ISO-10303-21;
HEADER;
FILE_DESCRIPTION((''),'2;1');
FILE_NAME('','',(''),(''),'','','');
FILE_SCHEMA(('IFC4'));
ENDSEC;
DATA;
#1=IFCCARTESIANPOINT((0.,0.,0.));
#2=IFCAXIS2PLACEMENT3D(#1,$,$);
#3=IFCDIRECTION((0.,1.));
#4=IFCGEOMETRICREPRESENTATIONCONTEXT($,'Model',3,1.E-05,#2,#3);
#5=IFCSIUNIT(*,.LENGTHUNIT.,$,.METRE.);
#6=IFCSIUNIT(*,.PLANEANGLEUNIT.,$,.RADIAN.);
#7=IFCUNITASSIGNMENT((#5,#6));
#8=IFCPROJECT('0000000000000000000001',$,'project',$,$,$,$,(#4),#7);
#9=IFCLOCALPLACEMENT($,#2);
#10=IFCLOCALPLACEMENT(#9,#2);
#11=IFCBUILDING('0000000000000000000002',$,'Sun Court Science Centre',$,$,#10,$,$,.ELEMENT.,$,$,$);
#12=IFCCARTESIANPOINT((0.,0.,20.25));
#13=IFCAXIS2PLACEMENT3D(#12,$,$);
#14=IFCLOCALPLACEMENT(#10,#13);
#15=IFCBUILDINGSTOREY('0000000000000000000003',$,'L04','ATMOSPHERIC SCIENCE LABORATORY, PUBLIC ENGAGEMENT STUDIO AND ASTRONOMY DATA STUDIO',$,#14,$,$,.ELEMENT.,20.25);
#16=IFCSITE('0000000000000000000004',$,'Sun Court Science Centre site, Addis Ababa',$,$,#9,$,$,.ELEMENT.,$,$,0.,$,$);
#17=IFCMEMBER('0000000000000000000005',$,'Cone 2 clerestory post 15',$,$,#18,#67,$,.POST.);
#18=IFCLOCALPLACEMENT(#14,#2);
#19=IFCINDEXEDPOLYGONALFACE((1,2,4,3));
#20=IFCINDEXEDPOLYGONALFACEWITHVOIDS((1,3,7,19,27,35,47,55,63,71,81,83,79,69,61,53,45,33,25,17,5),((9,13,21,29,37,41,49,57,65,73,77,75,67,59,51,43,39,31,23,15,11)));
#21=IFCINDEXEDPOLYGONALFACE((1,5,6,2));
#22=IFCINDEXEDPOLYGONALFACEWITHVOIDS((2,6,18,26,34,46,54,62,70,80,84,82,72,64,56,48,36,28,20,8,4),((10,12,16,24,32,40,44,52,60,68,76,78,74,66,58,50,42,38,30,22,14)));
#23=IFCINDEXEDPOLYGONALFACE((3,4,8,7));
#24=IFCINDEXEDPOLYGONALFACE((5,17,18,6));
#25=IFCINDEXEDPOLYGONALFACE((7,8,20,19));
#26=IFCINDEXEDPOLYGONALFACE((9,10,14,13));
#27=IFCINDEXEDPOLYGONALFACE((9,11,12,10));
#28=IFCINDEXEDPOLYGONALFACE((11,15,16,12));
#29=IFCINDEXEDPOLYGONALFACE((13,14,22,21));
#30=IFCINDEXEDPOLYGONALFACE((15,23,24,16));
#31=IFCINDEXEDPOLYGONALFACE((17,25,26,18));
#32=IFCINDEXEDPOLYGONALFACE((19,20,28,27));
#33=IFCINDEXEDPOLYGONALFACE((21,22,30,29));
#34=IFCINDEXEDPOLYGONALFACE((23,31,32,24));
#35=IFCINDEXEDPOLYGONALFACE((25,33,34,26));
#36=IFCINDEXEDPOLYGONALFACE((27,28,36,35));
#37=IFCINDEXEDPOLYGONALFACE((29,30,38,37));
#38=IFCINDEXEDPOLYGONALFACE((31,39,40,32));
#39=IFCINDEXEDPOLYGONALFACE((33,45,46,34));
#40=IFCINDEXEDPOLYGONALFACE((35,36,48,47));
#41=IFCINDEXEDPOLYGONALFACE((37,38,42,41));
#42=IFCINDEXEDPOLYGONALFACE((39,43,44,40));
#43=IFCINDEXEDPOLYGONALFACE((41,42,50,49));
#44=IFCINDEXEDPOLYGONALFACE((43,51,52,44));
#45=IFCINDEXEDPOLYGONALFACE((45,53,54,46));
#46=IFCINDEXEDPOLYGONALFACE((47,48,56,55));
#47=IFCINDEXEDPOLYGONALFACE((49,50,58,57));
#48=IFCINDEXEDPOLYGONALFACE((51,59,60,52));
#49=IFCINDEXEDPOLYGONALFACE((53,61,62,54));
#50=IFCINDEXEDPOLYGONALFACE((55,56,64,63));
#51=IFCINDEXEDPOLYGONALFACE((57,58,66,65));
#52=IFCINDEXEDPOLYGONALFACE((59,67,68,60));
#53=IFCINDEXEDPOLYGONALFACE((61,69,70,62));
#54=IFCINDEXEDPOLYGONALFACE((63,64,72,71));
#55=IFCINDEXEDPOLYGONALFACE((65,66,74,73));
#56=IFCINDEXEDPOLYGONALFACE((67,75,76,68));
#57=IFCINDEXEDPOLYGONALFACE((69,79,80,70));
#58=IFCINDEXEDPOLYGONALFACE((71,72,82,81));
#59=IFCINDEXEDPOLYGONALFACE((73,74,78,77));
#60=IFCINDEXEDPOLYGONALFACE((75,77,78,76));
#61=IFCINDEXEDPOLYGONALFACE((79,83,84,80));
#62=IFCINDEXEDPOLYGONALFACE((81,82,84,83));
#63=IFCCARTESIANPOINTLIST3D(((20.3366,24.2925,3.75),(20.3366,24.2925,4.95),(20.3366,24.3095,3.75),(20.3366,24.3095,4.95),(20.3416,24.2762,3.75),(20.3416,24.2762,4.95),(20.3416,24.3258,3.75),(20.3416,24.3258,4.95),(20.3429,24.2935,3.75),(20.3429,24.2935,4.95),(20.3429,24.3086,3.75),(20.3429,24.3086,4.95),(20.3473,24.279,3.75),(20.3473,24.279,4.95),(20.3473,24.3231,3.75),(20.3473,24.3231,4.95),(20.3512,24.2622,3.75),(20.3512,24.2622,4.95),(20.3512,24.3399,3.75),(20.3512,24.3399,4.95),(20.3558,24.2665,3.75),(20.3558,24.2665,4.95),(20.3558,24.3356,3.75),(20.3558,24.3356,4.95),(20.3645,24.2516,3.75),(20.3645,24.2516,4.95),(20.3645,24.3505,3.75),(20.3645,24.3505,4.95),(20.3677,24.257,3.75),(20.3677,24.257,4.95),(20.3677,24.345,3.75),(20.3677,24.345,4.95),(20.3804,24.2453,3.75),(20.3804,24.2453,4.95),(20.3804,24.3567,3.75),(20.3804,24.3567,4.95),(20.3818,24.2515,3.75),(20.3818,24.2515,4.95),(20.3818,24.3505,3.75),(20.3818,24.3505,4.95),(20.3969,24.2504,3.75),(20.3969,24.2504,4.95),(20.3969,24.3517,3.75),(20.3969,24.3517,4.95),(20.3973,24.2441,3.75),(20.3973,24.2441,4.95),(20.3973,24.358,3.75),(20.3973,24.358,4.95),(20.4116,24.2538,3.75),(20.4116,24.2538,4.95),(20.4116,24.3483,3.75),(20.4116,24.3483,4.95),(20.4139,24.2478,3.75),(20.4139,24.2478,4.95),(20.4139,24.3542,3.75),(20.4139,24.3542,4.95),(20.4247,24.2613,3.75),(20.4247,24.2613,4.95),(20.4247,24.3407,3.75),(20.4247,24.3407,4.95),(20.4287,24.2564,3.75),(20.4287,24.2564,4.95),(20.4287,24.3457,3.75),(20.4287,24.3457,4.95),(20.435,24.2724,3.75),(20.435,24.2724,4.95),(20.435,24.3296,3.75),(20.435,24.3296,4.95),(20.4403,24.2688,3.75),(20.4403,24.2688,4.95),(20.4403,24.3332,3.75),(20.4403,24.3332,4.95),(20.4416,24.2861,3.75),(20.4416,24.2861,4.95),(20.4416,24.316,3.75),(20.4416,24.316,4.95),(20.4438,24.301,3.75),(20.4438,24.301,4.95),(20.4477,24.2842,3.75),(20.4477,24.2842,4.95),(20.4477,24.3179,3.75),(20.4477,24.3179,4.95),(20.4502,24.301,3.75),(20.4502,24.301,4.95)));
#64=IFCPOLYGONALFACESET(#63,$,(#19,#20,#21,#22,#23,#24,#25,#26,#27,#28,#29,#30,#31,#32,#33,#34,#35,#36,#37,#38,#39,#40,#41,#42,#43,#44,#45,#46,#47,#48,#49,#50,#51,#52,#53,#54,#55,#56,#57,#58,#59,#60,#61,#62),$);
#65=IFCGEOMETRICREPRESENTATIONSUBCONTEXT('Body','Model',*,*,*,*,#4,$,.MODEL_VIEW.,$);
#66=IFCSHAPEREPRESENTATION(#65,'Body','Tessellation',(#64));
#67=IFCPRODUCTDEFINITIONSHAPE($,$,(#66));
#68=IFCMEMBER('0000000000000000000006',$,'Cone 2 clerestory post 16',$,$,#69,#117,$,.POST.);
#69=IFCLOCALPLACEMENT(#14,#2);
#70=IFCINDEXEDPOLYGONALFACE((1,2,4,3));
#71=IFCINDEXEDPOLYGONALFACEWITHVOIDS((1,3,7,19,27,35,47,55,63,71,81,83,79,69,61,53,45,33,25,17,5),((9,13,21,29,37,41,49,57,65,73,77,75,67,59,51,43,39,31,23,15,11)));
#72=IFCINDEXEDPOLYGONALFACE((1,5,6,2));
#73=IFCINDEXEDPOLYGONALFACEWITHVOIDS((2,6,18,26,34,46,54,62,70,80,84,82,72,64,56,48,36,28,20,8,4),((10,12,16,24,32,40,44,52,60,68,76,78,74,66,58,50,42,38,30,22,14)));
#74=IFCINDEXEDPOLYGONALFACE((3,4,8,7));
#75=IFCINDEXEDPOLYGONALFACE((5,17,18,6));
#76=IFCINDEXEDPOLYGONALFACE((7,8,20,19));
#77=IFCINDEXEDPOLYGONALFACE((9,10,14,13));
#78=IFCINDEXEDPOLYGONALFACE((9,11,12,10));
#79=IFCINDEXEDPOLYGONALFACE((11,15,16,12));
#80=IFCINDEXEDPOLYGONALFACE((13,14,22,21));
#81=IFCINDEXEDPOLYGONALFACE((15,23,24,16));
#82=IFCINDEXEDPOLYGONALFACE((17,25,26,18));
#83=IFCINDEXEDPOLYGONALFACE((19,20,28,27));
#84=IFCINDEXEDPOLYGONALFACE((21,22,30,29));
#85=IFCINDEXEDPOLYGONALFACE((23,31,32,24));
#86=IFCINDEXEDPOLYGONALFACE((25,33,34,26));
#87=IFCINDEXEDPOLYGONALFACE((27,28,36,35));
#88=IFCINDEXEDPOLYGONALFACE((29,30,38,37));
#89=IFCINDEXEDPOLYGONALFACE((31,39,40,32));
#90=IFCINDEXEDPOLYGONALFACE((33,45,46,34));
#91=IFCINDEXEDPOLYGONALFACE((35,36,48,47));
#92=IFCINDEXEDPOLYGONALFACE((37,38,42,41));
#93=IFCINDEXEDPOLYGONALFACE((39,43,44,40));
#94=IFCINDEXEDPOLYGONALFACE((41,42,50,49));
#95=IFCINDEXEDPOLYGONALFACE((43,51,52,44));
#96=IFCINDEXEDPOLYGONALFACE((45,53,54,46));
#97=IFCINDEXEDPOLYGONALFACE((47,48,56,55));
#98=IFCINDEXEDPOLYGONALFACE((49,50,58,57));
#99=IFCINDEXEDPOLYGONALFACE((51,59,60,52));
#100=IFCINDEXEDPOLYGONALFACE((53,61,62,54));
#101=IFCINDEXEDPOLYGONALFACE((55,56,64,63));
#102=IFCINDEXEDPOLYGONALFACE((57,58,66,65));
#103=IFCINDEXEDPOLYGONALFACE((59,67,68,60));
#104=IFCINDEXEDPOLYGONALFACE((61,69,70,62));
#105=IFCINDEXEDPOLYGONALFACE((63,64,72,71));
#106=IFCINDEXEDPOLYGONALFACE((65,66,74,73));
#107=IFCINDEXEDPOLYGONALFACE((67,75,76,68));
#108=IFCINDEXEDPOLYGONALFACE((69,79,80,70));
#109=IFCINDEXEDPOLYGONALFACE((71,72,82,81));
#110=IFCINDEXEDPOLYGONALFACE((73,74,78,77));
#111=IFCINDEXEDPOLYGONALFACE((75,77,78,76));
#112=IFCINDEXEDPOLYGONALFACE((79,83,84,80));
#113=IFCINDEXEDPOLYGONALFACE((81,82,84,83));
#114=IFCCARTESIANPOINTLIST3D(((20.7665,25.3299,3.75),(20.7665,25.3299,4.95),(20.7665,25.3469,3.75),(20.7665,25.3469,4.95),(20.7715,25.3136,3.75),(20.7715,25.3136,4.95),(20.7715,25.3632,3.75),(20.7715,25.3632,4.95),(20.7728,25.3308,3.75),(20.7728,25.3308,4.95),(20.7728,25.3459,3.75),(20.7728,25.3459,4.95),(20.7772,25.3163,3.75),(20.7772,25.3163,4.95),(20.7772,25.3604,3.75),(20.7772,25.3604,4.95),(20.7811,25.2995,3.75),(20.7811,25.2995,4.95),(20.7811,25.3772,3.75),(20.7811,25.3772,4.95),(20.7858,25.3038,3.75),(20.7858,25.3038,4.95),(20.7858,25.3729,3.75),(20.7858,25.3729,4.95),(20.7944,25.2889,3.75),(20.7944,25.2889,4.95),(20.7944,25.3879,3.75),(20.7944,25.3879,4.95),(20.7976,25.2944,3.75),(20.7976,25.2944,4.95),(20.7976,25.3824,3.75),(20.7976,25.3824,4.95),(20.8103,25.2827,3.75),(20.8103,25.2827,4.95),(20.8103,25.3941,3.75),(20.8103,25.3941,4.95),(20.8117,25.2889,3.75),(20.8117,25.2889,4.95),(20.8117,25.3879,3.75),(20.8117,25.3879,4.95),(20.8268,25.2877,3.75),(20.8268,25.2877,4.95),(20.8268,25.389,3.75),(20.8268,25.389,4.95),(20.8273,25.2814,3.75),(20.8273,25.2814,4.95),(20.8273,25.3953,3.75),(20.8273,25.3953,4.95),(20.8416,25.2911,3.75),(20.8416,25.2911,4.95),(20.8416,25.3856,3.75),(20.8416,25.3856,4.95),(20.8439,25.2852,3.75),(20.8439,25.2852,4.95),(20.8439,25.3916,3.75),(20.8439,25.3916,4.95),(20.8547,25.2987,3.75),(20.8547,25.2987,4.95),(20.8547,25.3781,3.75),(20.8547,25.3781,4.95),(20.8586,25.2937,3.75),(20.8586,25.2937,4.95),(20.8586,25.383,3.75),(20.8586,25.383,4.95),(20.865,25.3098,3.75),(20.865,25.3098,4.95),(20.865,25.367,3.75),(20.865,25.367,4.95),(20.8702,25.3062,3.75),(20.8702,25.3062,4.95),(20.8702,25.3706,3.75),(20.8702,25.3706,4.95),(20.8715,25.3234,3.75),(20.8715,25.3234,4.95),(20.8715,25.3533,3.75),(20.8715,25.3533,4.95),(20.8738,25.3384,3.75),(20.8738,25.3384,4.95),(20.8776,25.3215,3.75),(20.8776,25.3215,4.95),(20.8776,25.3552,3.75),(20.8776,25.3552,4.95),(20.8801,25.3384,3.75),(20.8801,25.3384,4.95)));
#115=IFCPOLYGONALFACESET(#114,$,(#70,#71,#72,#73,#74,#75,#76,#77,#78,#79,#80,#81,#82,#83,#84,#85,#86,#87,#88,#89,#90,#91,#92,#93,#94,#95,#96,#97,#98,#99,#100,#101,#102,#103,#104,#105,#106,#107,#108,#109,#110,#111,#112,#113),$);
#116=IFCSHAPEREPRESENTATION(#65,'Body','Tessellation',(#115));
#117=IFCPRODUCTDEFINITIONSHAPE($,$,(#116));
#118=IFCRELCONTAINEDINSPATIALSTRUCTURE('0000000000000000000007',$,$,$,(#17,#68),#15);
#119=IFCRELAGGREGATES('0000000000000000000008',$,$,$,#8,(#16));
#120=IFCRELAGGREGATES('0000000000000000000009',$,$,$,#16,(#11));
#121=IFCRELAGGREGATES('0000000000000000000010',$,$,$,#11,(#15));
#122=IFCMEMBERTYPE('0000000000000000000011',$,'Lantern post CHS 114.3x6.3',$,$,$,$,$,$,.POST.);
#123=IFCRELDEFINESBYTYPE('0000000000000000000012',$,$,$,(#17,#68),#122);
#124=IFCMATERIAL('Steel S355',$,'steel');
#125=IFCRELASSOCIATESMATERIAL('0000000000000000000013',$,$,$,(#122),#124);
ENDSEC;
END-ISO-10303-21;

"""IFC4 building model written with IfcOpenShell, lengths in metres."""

from ifc_helpers import new_model, si_unit, direction, frame, origin, origin_2d, place, context, subcontext, project, spatial, hollow_circle, extrude, material, material_profile, profile_set, type_object, element, save


model = new_model("IFC4")

# Units and contexts
model_context = context("Model", 3, precision=1e-05, world=origin(), true_north=direction((0.0, 1.0)))
body_context = subcontext(model_context, "Body", "Model", "MODEL_VIEW")
ifc_project = project(units=[si_unit("LENGTHUNIT", "METRE"), si_unit("PLANEANGLEUNIT", "RADIAN")], contexts=[model_context])

# Site, building, storey
site_placement = place(None, origin())
site = spatial("IfcSite", under=ifc_project, at=site_placement, Name="Sun Court Science Centre site, Addis Ababa", CompositionType="ELEMENT", RefElevation=0.0)
building_placement = place(site_placement, origin())
building = spatial("IfcBuilding", under=site, at=building_placement, Name="Sun Court Science Centre", CompositionType="ELEMENT")
storey_placement = place(building_placement, frame((0.0, 0.0, 20.25)))
storey = spatial("IfcBuildingStorey", under=building, at=storey_placement, Name="L04", Description="ATMOSPHERIC SCIENCE LABORATORY, PUBLIC ENGAGEMENT STUDIO AND ASTRONOMY DATA STUDIO", CompositionType="ELEMENT", Elevation=20.25)

# Members
ifc_material_1 = material(Name="Steel S355", Category="steel")
ifc_material_profile_1 = material_profile(ifc_material_1, hollow_circle(Radius=0.0571, WallThickness=0.0063, at=origin_2d()), Name="CHS 114.3x6.3")
ifc_profile_set_1 = profile_set([ifc_material_profile_1], Name="Steel S355")
member_type_1 = type_object("IfcMemberType", Name="Lantern post CHS 114.3x6.3", PredefinedType="POST", material=ifc_profile_set_1)
for number, where, z_axis, x_axis, name in (
    (1, (20.3931, 24.301, 3.75), (0.0, 0.0, 1.0), (1.0, 0.0, 0.0), "Cone 2 clerestory post 15"),
    (2, (20.823, 25.3384, 3.75), (0.0, 0.0, 1.0), (1.0, 0.0, 0.0), "Cone 2 clerestory post 16"),
):
    element("IfcMember", number, at=place(storey_placement, frame(where, z_axis=z_axis, x_axis=x_axis)), inside=storey, type_object=member_type_1, Name=name, PredefinedType="POST", context=body_context, shape_type="SweptSolid", body=[
        extrude(hollow_circle(Radius=0.0571, WallThickness=0.0063, at=origin_2d()), origin(), (0.0, 0.0, 1.0), 1.2),
    ])

save(model, "model.ifc")
